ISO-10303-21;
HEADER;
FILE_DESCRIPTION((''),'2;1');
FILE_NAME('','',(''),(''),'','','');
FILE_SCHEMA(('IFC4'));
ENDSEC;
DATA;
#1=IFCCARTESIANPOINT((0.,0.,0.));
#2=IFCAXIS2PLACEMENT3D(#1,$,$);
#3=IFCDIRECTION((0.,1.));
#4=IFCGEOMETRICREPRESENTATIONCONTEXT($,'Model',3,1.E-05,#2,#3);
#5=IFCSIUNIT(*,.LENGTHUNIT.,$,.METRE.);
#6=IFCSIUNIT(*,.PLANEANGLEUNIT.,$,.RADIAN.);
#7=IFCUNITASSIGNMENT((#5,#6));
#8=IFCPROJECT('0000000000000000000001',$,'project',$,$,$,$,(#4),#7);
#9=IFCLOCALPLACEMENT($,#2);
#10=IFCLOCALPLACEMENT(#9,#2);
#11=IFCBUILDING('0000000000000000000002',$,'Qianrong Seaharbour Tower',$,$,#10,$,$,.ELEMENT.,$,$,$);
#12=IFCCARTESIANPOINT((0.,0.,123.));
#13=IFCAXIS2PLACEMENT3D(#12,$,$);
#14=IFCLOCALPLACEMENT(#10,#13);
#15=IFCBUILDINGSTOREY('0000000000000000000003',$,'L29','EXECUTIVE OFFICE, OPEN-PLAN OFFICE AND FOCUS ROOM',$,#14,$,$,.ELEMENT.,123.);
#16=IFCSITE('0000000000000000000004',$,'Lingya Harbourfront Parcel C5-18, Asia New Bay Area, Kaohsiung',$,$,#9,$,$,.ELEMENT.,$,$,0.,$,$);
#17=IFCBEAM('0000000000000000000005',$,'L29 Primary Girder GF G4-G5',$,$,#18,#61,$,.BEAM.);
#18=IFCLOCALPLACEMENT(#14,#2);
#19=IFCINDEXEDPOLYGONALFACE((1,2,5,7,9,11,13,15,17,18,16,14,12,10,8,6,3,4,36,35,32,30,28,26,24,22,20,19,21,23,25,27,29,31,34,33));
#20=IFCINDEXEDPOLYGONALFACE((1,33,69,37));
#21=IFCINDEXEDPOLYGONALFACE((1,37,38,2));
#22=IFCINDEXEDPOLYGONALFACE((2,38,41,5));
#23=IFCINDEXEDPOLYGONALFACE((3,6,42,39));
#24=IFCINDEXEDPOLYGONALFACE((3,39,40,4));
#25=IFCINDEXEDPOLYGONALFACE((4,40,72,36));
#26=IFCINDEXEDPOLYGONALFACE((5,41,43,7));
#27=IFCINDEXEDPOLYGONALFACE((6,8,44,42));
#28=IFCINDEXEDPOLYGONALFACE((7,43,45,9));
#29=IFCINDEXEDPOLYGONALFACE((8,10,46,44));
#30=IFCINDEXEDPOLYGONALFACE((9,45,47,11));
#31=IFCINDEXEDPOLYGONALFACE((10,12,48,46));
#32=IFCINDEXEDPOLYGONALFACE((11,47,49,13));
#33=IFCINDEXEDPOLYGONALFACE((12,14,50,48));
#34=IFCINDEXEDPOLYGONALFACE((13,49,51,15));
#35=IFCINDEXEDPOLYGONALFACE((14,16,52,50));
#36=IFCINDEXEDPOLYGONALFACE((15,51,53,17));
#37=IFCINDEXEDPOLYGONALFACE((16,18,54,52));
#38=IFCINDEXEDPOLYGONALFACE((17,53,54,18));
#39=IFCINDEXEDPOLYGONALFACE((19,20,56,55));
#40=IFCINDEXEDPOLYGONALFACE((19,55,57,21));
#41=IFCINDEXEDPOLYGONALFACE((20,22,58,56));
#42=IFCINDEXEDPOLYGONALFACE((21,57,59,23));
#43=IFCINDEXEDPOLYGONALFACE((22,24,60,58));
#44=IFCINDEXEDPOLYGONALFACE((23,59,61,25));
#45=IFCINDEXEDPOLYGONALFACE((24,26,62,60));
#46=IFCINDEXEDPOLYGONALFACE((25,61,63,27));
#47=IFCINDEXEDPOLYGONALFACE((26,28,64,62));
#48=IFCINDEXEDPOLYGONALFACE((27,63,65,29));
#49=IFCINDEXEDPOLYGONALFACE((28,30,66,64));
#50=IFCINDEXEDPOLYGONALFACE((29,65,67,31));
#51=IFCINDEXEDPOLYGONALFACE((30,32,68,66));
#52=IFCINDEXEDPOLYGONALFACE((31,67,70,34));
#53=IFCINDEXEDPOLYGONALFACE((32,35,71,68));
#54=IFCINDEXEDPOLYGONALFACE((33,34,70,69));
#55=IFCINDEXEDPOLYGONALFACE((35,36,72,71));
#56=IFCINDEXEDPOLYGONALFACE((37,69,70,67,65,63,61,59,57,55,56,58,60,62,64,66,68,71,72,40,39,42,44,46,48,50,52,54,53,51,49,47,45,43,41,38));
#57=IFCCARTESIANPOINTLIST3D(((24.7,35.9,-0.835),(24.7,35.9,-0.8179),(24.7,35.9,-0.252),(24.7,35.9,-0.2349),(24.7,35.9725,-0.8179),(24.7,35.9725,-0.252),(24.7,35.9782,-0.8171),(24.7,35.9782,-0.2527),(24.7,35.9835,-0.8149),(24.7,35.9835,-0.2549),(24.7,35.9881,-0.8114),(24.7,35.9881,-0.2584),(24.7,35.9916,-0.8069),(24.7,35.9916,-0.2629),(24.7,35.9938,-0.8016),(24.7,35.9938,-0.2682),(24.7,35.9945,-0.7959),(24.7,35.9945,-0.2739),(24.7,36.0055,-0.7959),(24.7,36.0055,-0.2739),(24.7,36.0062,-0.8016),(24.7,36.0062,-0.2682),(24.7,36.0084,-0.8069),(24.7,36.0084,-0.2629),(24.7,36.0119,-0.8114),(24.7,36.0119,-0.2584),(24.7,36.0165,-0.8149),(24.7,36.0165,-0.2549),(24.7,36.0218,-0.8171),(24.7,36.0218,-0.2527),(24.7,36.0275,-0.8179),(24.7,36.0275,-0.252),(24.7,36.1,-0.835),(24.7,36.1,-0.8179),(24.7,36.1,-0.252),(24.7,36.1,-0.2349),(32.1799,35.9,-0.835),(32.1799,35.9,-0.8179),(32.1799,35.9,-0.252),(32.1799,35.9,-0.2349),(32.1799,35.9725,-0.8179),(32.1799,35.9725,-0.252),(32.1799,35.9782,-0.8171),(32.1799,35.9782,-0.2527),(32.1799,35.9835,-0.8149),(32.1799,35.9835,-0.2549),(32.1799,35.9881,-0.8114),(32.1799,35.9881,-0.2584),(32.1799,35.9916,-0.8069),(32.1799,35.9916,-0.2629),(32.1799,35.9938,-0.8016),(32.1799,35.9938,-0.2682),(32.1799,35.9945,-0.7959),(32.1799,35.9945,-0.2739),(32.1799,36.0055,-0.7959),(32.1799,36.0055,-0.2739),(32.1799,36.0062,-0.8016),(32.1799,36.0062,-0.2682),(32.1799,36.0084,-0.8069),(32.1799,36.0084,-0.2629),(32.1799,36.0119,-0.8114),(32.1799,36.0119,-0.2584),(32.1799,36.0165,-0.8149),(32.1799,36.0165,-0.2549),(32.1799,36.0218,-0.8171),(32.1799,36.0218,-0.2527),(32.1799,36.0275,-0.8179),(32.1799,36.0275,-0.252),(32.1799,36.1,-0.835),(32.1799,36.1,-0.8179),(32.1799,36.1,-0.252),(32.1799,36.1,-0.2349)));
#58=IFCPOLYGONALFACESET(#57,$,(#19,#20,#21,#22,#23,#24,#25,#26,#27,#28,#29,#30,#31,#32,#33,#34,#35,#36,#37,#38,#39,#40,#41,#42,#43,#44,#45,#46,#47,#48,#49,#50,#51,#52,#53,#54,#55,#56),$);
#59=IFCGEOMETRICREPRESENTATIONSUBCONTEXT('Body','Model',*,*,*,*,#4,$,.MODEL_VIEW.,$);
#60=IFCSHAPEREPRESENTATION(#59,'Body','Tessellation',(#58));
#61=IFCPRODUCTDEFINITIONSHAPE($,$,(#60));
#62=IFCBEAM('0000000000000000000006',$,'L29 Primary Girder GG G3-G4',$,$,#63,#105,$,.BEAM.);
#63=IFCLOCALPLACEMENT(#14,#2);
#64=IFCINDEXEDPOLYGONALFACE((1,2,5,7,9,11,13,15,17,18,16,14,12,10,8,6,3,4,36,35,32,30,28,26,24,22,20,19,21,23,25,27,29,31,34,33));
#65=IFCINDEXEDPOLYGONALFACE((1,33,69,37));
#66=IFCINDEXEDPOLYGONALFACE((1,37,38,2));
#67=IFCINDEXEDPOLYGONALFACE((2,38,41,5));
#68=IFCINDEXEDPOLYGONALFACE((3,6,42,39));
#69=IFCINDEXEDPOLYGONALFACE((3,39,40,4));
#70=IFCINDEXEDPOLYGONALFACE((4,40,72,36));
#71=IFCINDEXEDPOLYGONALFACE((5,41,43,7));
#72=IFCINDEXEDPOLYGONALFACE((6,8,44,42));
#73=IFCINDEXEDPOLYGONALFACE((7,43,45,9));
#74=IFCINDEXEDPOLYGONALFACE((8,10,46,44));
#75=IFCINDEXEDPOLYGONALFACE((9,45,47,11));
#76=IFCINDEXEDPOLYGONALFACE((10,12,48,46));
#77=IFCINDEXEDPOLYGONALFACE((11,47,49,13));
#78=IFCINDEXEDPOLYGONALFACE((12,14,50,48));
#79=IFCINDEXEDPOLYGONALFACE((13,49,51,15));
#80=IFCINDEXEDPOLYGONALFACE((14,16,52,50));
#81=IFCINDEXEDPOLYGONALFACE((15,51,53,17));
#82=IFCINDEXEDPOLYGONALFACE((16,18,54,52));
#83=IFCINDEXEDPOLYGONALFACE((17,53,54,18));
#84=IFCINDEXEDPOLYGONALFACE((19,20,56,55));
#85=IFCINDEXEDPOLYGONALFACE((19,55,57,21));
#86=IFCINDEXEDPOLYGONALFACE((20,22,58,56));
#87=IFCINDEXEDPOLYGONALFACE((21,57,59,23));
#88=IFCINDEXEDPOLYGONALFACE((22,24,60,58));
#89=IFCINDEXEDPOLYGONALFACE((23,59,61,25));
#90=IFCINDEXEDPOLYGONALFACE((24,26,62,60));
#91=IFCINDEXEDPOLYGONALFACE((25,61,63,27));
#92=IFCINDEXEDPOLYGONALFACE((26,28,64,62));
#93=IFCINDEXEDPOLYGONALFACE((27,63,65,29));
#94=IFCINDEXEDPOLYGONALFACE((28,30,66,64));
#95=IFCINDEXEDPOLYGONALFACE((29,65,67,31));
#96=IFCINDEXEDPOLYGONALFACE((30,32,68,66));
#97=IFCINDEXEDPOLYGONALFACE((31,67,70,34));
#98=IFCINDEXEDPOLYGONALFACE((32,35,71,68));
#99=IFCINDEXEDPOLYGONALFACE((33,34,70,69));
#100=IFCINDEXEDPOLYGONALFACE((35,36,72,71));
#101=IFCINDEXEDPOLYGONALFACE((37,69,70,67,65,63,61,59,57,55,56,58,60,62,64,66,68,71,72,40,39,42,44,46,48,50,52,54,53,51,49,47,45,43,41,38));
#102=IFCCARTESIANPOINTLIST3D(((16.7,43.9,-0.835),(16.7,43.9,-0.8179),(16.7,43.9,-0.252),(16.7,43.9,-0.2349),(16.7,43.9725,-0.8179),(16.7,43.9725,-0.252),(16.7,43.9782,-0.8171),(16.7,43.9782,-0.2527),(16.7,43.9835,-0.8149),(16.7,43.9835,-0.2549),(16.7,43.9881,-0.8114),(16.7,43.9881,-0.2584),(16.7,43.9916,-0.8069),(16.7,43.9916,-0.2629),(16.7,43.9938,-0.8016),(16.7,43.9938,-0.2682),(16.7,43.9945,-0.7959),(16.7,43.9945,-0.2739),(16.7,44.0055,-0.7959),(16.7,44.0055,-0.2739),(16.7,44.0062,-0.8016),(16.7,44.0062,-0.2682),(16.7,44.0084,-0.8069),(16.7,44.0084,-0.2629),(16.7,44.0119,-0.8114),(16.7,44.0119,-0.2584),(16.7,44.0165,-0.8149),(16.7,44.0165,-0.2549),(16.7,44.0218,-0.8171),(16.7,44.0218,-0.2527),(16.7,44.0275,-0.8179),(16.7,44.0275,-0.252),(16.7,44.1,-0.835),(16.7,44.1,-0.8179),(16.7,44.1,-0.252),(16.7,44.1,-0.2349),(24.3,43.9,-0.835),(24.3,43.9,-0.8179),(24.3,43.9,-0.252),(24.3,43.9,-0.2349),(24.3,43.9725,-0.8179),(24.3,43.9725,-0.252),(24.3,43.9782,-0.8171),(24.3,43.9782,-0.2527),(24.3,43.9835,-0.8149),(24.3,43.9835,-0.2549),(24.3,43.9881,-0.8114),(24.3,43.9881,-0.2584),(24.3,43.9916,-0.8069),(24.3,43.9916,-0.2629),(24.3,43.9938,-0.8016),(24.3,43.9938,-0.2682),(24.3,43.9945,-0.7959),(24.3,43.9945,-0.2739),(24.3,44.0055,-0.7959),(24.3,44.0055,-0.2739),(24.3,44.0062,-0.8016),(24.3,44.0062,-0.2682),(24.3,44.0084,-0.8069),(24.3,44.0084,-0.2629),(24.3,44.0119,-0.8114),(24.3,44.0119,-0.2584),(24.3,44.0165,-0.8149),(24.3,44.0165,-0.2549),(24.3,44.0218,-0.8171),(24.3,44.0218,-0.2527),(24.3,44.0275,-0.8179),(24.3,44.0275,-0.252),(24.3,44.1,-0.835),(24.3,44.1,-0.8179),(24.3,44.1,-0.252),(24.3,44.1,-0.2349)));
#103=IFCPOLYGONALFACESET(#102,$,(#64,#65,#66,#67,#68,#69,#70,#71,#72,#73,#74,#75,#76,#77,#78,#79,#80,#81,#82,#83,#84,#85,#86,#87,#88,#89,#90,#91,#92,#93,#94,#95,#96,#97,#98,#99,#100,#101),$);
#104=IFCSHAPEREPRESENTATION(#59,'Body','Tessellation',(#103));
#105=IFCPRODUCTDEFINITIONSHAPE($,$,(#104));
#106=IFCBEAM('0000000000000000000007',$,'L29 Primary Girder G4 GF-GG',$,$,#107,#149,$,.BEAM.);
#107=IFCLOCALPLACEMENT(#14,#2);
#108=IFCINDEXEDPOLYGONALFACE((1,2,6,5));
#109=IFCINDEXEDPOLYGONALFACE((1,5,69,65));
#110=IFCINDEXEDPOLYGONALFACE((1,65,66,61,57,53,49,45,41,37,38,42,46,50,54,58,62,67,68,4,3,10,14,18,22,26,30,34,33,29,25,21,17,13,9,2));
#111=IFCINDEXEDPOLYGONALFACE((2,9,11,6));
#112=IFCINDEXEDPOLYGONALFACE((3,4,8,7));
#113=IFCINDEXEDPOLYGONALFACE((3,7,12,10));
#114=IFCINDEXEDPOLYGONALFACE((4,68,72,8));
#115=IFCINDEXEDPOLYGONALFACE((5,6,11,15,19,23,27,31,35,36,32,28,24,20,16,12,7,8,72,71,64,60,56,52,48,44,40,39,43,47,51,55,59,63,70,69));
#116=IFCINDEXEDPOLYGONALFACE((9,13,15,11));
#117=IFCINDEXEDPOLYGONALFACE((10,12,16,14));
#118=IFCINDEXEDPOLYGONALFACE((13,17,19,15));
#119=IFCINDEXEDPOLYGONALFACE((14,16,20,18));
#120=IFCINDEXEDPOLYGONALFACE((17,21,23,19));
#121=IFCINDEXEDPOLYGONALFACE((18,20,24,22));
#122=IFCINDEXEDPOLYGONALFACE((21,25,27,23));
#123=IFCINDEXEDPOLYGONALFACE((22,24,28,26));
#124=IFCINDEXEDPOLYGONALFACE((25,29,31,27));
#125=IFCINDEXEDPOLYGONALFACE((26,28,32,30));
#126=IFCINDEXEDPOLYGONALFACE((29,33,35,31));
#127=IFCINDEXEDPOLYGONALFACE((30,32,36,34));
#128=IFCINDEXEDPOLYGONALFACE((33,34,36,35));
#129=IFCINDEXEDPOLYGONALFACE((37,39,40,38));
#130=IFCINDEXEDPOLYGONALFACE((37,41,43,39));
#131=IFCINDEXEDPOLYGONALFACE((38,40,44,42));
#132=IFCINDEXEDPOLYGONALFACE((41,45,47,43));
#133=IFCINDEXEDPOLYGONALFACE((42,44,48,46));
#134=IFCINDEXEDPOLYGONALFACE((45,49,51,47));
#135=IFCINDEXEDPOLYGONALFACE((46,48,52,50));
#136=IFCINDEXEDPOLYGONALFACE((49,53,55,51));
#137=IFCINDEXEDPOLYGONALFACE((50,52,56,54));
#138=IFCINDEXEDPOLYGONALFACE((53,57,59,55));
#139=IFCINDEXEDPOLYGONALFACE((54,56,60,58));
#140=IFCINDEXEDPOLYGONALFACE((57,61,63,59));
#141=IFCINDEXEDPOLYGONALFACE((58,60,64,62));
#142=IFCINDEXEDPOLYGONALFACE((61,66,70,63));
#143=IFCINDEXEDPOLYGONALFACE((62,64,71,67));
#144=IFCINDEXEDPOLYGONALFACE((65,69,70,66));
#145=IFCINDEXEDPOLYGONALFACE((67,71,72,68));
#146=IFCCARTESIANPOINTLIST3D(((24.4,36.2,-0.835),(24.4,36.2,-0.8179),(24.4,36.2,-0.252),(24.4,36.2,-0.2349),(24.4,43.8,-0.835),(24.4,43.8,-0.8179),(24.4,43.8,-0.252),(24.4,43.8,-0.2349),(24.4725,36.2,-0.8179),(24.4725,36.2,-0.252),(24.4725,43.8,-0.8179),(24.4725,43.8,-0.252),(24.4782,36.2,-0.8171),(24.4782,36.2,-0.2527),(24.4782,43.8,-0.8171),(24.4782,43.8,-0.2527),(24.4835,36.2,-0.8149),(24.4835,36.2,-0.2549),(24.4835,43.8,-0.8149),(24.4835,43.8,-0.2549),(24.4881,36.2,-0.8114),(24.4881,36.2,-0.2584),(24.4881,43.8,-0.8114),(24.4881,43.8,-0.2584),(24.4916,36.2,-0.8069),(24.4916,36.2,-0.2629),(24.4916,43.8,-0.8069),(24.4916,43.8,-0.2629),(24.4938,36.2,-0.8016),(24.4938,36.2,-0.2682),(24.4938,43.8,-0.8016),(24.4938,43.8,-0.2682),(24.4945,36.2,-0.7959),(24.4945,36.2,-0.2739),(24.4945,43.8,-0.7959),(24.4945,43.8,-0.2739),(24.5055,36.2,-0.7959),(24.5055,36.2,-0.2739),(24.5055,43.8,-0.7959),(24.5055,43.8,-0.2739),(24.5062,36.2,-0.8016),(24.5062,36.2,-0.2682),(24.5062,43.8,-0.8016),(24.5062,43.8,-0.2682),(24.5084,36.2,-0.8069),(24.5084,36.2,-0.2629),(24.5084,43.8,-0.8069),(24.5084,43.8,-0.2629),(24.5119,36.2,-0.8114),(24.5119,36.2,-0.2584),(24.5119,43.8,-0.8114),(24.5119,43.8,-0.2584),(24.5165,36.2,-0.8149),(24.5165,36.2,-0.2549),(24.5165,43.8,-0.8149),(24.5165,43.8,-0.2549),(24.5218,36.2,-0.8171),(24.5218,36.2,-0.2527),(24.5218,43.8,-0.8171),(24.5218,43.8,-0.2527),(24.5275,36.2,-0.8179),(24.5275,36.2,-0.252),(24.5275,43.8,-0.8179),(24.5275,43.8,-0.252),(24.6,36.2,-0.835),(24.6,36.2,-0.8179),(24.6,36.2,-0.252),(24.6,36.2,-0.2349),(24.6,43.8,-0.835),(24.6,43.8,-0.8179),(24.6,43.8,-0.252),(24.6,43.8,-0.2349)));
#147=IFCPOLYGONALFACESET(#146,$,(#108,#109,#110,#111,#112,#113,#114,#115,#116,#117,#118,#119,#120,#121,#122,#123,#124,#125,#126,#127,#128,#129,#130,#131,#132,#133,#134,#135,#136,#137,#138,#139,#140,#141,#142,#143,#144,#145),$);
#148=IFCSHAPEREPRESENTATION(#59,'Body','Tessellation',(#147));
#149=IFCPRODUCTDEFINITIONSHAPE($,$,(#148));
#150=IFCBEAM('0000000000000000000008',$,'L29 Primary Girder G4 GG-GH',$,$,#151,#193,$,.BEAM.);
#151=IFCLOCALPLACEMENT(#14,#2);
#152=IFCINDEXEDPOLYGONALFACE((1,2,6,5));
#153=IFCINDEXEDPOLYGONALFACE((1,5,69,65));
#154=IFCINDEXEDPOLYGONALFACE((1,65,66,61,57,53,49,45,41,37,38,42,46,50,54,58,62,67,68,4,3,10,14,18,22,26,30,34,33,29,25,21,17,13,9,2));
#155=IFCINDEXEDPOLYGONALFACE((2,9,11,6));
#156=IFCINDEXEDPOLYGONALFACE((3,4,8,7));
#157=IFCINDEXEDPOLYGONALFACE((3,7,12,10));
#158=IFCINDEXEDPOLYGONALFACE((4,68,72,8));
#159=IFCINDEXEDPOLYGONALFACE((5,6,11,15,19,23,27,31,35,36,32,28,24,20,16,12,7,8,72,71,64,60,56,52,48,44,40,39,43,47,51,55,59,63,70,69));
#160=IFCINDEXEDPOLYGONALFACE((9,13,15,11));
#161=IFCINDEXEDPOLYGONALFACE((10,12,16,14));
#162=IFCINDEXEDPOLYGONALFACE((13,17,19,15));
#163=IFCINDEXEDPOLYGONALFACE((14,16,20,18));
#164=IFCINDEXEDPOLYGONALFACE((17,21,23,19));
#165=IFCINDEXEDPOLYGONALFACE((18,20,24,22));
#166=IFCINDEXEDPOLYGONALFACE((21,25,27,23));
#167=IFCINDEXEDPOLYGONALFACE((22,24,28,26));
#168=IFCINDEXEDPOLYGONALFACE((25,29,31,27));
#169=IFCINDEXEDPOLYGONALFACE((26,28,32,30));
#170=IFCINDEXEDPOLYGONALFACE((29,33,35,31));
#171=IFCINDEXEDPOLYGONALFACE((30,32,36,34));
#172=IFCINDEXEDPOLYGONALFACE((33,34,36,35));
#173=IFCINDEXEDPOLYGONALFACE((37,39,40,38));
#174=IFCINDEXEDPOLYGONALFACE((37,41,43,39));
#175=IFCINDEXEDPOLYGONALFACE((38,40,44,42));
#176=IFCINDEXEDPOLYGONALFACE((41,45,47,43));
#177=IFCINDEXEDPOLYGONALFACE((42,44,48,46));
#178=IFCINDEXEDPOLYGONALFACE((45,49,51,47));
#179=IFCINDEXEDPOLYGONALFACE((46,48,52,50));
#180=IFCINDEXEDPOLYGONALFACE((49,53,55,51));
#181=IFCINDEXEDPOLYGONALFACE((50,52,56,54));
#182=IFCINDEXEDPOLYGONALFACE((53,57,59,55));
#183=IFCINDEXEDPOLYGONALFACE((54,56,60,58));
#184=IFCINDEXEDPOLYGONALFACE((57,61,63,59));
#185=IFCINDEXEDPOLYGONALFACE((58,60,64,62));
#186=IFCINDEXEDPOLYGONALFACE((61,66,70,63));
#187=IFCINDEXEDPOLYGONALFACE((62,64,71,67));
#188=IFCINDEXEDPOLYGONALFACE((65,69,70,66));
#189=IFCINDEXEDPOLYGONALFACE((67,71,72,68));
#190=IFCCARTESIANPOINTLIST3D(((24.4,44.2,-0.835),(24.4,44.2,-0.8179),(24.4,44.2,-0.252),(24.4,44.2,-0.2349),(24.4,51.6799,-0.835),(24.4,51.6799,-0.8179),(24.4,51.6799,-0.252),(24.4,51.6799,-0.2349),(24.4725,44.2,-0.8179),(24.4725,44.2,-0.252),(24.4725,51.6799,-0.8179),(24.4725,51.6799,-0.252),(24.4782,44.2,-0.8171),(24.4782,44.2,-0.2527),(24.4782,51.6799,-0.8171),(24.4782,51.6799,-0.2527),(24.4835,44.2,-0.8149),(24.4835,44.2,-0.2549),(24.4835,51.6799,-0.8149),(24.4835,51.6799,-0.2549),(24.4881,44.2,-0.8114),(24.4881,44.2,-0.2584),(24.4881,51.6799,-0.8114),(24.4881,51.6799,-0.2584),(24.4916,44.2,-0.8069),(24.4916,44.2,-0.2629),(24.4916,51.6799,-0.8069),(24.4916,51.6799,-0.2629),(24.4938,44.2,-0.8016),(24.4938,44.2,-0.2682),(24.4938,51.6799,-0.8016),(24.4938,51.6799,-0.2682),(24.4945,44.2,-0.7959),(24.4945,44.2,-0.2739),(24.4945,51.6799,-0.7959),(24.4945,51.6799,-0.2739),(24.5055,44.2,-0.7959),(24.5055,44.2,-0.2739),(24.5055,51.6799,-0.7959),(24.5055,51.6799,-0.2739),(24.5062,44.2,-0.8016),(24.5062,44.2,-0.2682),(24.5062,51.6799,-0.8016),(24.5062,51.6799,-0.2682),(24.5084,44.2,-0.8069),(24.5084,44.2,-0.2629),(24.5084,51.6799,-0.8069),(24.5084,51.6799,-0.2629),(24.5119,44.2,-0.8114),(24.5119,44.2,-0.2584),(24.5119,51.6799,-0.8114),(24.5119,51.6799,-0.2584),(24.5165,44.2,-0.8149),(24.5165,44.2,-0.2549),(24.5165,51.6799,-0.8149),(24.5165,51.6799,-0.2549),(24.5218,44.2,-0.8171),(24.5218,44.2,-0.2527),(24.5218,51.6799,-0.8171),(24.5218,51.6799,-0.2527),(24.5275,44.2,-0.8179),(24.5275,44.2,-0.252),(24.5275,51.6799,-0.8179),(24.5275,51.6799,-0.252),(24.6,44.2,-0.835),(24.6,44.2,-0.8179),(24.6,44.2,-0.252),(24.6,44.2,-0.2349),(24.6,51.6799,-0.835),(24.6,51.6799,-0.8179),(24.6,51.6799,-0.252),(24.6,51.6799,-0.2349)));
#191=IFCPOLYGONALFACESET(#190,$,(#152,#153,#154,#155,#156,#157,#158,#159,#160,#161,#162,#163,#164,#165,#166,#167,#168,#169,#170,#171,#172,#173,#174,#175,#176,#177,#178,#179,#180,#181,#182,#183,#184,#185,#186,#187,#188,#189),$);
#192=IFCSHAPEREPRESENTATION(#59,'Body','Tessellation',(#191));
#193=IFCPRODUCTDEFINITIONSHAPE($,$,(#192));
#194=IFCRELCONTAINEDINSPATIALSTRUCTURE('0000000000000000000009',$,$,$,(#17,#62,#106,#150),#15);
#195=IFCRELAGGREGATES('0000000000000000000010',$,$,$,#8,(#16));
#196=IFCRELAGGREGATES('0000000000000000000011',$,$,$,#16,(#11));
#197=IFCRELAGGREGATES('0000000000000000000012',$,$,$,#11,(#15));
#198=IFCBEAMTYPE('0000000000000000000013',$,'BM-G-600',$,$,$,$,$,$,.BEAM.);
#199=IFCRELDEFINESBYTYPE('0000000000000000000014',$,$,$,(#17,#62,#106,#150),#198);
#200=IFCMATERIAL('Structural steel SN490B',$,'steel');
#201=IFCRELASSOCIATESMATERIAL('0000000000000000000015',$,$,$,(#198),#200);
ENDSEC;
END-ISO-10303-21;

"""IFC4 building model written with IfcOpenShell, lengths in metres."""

from ifc_helpers import new_model, si_unit, direction, frame, origin, origin_2d, place, context, subcontext, project, spatial, i_section, extrude, material, material_profile, profile_set, type_object, element, save


model = new_model("IFC4")

# Units and contexts
model_context = context("Model", 3, precision=1e-05, world=origin(), true_north=direction((0.0, 1.0)))
body_context = subcontext(model_context, "Body", "Model", "MODEL_VIEW")
ifc_project = project(units=[si_unit("LENGTHUNIT", "METRE"), si_unit("PLANEANGLEUNIT", "RADIAN")], contexts=[model_context])

# Site, building, storey
site_placement = place(None, origin())
site = spatial("IfcSite", under=ifc_project, at=site_placement, Name="Lingya Harbourfront Parcel C5-18, Asia New Bay Area, Kaohsiung", CompositionType="ELEMENT", RefElevation=0.0)
building_placement = place(site_placement, origin())
building = spatial("IfcBuilding", under=site, at=building_placement, Name="Qianrong Seaharbour Tower", CompositionType="ELEMENT")
storey_placement = place(building_placement, frame((0.0, 0.0, 123.0)))
storey = spatial("IfcBuildingStorey", under=building, at=storey_placement, Name="L29", Description="EXECUTIVE OFFICE, OPEN-PLAN OFFICE AND FOCUS ROOM", CompositionType="ELEMENT", Elevation=123.0)

# Shared definitions
ifc_material_1 = material(Name="Structural steel SN490B", Category="steel")

# Beams
ifc_material_profile_1 = material_profile(ifc_material_1, i_section(OverallWidth=0.2, OverallDepth=0.6001, WebThickness=0.011, FlangeThickness=0.0171, FilletRadius=0.022, at=origin_2d()), Name="H600x200x11x17")
ifc_profile_set_1 = profile_set([ifc_material_profile_1], Name="Structural steel SN490B")
beam_type_1 = type_object("IfcBeamType", Name="BM-G-600", PredefinedType="BEAM", material=ifc_profile_set_1)
beam_1_placement = place(storey_placement, frame((24.7, 36.0, -0.5349), z_axis=(1.0, 0.0, 0.0), x_axis=(0.0, 1.0, 0.0)))
element("IfcBeam", 1, at=beam_1_placement, inside=storey, type_object=beam_type_1, Name="L29 Primary Girder GF G4-G5", PredefinedType="BEAM", context=body_context, shape_type="SweptSolid", body=[
    extrude(i_section(OverallWidth=0.2, OverallDepth=0.6001, WebThickness=0.011, FlangeThickness=0.0171, FilletRadius=0.022, at=origin_2d()), origin(), (0.0, 0.0, 1.0), 7.48),
])
for number, where, z_axis, x_axis, name in (
    (2, (16.7, 44.0, -0.5349), (1.0, 0.0, 0.0), (0.0, 1.0, 0.0), "L29 Primary Girder GG G3-G4"),
    (3, (24.5, 36.2, -0.5349), (0.0, 1.0, 0.0), (-1.0, 0.0, 0.0), "L29 Primary Girder G4 GF-GG"),
):
    element("IfcBeam", number, at=place(storey_placement, frame(where, z_axis=z_axis, x_axis=x_axis)), inside=storey, type_object=beam_type_1, Name=name, PredefinedType="BEAM", context=body_context, shape_type="SweptSolid", body=[
        extrude(i_section(OverallWidth=0.2, OverallDepth=0.6001, WebThickness=0.011, FlangeThickness=0.0171, FilletRadius=0.022, at=origin_2d()), origin(), (0.0, 0.0, 1.0), 7.6001),
    ])
beam_2_placement = place(storey_placement, frame((24.5, 44.2, -0.5349), z_axis=(0.0, 1.0, 0.0), x_axis=(-1.0, 0.0, 0.0)))
element("IfcBeam", 4, at=beam_2_placement, inside=storey, type_object=beam_type_1, Name="L29 Primary Girder G4 GG-GH", PredefinedType="BEAM", context=body_context, shape_type="SweptSolid", body=[
    extrude(i_section(OverallWidth=0.2, OverallDepth=0.6001, WebThickness=0.011, FlangeThickness=0.0171, FilletRadius=0.022, at=origin_2d()), origin(), (0.0, 0.0, 1.0), 7.48),
])

save(model, "model.ifc")
